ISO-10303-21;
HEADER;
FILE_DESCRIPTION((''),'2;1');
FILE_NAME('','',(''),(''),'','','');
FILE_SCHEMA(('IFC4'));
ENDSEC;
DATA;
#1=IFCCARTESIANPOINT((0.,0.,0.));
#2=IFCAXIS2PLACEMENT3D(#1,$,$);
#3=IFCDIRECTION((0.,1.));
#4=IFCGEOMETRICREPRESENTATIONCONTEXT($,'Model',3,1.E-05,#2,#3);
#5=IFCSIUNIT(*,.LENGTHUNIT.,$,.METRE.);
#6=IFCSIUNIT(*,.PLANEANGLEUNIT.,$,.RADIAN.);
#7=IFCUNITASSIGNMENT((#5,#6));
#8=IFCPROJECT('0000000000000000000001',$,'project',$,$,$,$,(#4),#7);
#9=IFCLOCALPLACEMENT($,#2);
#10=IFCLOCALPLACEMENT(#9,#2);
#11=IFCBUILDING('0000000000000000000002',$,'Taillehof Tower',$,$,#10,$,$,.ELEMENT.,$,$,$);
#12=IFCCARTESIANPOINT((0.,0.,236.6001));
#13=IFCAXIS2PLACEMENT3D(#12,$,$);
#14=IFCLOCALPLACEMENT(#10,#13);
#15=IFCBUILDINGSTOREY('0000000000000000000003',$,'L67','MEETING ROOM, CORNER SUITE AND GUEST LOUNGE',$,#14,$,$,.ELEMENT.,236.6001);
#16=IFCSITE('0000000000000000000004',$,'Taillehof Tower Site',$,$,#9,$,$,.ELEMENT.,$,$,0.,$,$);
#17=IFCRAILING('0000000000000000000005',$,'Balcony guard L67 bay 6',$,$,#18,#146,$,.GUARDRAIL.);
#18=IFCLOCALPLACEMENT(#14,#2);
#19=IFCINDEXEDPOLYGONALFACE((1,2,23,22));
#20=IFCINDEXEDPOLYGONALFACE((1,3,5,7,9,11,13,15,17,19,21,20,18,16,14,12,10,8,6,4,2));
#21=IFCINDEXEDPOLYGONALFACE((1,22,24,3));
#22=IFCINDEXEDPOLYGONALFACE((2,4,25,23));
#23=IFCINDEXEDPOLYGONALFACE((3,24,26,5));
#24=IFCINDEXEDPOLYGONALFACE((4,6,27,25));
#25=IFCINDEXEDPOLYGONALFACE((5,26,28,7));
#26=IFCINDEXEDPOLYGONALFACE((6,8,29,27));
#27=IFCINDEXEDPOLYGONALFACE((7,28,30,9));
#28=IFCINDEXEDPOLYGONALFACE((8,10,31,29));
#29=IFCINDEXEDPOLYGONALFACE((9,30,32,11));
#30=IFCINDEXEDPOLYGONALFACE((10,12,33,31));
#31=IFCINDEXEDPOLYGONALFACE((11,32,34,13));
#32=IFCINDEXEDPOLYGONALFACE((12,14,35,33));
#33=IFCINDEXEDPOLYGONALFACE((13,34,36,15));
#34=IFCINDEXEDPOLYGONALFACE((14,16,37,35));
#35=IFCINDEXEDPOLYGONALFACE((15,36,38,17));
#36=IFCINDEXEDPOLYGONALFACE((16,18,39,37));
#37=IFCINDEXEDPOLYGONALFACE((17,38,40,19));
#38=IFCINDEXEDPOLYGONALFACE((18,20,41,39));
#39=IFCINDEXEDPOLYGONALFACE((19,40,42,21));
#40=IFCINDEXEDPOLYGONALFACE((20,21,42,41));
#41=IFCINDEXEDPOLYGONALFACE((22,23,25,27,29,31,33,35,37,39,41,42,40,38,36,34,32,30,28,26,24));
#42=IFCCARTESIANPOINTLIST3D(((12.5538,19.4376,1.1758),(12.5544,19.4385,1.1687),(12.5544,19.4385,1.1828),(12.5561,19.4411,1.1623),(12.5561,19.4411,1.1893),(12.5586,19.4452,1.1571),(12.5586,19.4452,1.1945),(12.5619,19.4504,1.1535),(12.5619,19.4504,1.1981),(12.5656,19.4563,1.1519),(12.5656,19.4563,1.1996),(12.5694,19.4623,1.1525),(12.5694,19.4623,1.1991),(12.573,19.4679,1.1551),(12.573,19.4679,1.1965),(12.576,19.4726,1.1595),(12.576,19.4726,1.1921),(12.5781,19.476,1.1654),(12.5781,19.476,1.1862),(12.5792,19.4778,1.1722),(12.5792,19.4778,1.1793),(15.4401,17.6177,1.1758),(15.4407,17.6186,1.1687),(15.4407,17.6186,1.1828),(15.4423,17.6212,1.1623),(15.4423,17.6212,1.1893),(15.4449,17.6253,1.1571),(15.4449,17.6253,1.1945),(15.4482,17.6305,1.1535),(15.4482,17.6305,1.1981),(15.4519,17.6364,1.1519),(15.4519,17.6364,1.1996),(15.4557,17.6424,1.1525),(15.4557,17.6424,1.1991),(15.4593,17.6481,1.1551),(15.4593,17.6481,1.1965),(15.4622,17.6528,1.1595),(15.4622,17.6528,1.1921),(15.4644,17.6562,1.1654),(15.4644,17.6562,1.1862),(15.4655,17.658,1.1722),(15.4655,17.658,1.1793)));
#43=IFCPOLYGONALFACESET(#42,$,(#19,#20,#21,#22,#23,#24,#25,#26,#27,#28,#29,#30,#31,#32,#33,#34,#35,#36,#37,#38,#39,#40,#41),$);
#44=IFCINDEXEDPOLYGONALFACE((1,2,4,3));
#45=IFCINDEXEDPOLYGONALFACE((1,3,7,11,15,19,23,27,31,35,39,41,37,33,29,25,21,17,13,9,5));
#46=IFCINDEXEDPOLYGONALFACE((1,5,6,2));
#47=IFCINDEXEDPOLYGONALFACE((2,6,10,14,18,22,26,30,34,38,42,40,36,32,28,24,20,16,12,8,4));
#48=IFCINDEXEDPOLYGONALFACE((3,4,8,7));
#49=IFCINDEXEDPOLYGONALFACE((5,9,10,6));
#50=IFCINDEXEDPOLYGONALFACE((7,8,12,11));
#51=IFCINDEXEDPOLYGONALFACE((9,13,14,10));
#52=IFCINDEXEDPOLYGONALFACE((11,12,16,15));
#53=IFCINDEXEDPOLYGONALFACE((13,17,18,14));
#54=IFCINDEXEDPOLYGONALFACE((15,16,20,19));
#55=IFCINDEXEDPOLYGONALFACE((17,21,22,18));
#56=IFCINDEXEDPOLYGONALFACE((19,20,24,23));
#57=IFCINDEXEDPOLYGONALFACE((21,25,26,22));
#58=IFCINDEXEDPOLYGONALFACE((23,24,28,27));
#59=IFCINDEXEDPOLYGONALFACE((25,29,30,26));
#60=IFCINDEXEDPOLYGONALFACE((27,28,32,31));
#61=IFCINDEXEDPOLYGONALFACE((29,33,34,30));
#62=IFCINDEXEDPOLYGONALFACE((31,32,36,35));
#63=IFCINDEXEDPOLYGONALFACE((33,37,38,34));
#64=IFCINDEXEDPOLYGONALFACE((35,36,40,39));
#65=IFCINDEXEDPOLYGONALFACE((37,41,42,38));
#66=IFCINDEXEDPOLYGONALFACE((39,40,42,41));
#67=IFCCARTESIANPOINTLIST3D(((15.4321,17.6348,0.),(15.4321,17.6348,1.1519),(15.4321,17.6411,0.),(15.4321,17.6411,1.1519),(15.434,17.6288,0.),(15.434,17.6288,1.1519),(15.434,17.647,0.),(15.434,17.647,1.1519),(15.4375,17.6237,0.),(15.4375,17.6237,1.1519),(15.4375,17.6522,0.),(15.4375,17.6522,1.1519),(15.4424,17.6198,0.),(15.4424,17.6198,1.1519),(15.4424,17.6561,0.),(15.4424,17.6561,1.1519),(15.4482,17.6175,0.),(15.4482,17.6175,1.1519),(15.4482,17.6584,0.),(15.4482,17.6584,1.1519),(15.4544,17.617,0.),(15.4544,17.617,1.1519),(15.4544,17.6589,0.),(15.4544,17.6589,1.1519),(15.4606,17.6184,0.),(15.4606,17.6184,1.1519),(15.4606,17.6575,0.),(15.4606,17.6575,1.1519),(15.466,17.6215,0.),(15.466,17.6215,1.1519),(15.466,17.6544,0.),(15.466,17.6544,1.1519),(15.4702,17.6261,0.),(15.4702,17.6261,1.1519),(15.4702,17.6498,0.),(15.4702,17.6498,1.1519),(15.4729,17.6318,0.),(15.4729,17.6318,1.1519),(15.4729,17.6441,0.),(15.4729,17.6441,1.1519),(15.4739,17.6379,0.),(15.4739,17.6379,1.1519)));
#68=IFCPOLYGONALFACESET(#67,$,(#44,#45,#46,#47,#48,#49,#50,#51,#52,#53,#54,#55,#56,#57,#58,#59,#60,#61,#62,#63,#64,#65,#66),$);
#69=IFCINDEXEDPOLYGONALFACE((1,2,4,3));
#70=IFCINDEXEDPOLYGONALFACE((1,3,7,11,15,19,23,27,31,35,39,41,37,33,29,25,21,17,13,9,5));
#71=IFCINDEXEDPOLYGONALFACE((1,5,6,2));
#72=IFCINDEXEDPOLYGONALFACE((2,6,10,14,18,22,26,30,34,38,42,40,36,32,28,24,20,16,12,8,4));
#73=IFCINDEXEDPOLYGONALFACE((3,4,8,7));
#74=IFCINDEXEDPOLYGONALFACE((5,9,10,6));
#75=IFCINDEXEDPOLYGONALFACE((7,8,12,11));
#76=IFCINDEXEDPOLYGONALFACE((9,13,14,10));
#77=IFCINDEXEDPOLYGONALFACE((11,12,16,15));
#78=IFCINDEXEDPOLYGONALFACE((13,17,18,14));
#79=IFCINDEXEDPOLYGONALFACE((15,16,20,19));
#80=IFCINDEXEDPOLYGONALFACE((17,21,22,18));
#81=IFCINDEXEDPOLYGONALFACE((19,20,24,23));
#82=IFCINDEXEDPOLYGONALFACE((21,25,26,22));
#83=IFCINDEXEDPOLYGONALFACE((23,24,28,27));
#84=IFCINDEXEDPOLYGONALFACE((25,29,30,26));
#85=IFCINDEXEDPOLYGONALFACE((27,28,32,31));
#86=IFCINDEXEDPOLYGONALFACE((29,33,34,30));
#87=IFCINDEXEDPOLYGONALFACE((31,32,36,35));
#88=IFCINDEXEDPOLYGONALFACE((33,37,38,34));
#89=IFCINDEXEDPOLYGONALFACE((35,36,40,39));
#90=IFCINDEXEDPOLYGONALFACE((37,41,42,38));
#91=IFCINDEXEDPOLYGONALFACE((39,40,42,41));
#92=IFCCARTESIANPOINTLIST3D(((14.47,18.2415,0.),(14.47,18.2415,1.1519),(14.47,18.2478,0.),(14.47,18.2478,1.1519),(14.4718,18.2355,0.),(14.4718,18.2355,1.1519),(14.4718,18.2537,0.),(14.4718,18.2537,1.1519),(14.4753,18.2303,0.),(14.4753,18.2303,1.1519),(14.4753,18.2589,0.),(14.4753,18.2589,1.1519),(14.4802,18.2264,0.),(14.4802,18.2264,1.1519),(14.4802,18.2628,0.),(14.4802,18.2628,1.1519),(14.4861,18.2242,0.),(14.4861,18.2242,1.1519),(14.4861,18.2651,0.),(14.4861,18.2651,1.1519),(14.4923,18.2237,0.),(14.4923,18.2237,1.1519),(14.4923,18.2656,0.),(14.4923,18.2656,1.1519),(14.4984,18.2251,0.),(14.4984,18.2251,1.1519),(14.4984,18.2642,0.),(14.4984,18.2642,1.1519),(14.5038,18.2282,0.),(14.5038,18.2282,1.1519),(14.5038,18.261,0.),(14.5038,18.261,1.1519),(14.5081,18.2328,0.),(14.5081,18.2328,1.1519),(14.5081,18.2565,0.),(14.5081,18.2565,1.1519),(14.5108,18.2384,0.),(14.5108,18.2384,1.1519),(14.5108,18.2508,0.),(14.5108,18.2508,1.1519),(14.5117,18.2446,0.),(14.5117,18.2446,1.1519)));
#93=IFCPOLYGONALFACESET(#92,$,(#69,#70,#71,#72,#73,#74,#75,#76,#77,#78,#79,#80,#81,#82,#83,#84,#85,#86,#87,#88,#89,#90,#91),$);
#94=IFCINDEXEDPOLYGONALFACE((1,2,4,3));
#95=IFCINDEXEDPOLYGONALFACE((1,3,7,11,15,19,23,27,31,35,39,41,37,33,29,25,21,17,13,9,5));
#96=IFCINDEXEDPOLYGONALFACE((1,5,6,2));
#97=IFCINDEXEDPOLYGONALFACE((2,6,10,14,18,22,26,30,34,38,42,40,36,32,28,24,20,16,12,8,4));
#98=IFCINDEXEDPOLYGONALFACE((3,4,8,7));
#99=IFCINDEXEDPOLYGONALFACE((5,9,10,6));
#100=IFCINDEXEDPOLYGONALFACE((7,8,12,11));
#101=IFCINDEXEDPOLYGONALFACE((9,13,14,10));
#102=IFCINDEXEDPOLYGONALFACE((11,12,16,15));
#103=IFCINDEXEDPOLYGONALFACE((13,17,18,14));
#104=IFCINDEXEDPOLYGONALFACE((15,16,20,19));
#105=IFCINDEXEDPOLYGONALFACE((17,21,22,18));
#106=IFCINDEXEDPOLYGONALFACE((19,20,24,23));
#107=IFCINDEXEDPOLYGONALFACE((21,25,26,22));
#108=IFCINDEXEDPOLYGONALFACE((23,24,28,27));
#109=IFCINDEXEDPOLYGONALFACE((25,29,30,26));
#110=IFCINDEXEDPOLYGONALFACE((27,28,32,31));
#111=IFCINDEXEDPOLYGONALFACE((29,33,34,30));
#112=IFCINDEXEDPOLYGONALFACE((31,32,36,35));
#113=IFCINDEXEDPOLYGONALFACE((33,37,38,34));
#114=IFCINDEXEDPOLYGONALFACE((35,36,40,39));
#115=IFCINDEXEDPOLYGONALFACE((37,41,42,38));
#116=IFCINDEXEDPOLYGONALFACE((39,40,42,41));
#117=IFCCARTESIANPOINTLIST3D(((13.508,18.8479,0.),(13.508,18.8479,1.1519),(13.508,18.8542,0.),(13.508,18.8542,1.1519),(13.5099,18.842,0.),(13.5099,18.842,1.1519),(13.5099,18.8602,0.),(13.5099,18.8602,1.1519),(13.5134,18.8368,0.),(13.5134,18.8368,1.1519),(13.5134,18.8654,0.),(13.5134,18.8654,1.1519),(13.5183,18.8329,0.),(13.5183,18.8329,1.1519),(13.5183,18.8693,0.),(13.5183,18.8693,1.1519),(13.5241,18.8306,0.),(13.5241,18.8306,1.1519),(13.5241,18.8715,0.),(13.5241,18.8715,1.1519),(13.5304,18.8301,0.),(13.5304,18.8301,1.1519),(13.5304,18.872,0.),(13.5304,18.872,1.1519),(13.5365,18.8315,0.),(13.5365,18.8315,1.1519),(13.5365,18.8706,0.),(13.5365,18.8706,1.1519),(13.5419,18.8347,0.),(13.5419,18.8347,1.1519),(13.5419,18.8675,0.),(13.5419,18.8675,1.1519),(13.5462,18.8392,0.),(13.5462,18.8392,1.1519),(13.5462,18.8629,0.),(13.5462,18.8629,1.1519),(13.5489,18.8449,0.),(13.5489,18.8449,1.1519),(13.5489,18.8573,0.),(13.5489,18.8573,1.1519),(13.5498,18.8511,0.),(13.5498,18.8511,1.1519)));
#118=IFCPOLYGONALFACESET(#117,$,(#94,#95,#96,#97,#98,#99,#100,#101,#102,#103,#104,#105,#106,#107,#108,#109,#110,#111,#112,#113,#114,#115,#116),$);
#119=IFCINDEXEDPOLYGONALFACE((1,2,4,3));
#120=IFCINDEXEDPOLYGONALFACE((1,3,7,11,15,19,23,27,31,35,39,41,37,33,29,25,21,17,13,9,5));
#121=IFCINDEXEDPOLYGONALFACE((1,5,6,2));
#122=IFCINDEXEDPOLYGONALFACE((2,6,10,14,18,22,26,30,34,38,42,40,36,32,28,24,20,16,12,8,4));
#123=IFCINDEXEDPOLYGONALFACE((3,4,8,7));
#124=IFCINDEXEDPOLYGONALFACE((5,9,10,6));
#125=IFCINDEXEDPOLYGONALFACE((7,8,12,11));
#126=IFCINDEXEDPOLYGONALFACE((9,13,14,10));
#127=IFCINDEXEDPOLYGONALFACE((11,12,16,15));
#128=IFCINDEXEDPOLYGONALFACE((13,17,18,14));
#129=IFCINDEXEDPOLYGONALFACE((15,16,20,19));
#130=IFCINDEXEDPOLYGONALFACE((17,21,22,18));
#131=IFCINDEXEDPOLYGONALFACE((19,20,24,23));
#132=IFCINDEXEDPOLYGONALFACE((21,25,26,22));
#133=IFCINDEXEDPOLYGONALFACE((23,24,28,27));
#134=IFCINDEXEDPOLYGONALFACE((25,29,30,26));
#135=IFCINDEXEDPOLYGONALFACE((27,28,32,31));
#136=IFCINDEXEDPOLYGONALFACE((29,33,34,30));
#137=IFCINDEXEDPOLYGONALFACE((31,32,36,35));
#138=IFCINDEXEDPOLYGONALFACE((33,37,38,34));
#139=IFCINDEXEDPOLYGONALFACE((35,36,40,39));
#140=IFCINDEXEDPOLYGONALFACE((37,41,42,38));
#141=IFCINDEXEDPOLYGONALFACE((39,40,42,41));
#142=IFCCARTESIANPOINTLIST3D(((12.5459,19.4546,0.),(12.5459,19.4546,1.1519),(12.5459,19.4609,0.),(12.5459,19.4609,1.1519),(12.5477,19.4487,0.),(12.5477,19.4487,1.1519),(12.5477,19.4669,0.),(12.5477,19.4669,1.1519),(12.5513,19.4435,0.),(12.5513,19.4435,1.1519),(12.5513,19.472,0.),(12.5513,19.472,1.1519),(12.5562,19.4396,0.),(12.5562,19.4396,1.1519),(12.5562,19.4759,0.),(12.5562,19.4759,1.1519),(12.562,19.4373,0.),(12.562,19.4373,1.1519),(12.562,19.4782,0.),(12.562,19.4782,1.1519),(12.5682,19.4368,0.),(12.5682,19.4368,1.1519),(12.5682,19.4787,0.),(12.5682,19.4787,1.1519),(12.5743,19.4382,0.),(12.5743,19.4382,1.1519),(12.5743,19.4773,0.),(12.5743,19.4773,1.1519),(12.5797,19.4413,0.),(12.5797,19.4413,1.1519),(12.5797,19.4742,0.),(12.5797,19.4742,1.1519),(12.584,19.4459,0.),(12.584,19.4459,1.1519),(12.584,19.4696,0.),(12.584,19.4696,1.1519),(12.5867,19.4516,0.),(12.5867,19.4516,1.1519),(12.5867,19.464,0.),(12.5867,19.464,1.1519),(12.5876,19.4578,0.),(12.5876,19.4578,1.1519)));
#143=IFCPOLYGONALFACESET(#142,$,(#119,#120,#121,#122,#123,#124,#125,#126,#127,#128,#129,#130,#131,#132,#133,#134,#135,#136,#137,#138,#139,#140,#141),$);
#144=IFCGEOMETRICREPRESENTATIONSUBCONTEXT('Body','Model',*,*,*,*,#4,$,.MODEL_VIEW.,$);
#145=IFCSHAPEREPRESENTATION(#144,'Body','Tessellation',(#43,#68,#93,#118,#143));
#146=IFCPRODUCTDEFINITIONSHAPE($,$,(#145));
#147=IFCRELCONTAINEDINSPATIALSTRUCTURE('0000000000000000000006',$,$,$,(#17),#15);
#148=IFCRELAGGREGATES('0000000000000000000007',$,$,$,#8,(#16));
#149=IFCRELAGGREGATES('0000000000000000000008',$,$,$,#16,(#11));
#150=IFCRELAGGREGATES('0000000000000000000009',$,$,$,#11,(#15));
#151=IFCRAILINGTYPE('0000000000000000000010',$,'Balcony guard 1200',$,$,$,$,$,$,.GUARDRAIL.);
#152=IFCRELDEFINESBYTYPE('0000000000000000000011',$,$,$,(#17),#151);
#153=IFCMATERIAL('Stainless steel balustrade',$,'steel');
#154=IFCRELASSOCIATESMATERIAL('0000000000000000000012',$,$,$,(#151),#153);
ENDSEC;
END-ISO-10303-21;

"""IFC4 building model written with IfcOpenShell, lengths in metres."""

from ifc_helpers import new_model, si_unit, direction, frame, origin, origin_2d, place, context, subcontext, project, spatial, circle, extrude, material, type_object, element, save


model = new_model("IFC4")

# Units and contexts
model_context = context("Model", 3, precision=1e-05, world=origin(), true_north=direction((0.0, 1.0)))
body_context = subcontext(model_context, "Body", "Model", "MODEL_VIEW")
ifc_project = project(units=[si_unit("LENGTHUNIT", "METRE"), si_unit("PLANEANGLEUNIT", "RADIAN")], contexts=[model_context])

# Site, building, storey
site_placement = place(None, origin())
site = spatial("IfcSite", under=ifc_project, at=site_placement, Name="Taillehof Tower Site", CompositionType="ELEMENT", RefElevation=0.0)
building_placement = place(site_placement, origin())
building = spatial("IfcBuilding", under=site, at=building_placement, Name="Taillehof Tower", CompositionType="ELEMENT")
storey_placement = place(building_placement, frame((0.0, 0.0, 236.6001)))
storey = spatial("IfcBuildingStorey", under=building, at=storey_placement, Name="L67", Description="MEETING ROOM, CORNER SUITE AND GUEST LOUNGE", CompositionType="ELEMENT", Elevation=236.6001)

# Railing
ifc_material_1 = material(Name="Stainless steel balustrade", Category="steel")
railing_type = type_object("IfcRailingType", Name="Balcony guard 1200", PredefinedType="GUARDRAIL", material=ifc_material_1)
railing_1_placement = place(storey_placement, frame((15.4529, 17.6379, 0.0)))
element("IfcRailing", 1, at=railing_1_placement, inside=storey, type_object=railing_type, Name="Balcony guard L67 bay 6", PredefinedType="GUARDRAIL", context=body_context, shape_type="SweptSolid", body=[
    extrude(circle(Radius=0.0239, at=origin_2d()), frame((0.0, 0.0, 1.1758), z_axis=(-0.845893, 0.533352, 0.0), x_axis=(-0.533352, -0.845893, 0.0)), (0.0, 0.0, 1.0), 3.4121),
    extrude(circle(Radius=0.021, at=origin_2d()), origin(), (0.0, 0.0, 1.0), 1.1519),
    extrude(circle(Radius=0.021, at=origin_2d()), frame((-0.9622, 0.6067, 0.0)), (0.0, 0.0, 1.0), 1.1519),
    extrude(circle(Radius=0.021, at=origin_2d()), frame((-1.9241, 1.2131, 0.0)), (0.0, 0.0, 1.0), 1.1519),
    extrude(circle(Radius=0.021, at=origin_2d()), frame((-2.8862, 1.8198, 0.0)), (0.0, 0.0, 1.0), 1.1519),
])

save(model, "model.ifc")
